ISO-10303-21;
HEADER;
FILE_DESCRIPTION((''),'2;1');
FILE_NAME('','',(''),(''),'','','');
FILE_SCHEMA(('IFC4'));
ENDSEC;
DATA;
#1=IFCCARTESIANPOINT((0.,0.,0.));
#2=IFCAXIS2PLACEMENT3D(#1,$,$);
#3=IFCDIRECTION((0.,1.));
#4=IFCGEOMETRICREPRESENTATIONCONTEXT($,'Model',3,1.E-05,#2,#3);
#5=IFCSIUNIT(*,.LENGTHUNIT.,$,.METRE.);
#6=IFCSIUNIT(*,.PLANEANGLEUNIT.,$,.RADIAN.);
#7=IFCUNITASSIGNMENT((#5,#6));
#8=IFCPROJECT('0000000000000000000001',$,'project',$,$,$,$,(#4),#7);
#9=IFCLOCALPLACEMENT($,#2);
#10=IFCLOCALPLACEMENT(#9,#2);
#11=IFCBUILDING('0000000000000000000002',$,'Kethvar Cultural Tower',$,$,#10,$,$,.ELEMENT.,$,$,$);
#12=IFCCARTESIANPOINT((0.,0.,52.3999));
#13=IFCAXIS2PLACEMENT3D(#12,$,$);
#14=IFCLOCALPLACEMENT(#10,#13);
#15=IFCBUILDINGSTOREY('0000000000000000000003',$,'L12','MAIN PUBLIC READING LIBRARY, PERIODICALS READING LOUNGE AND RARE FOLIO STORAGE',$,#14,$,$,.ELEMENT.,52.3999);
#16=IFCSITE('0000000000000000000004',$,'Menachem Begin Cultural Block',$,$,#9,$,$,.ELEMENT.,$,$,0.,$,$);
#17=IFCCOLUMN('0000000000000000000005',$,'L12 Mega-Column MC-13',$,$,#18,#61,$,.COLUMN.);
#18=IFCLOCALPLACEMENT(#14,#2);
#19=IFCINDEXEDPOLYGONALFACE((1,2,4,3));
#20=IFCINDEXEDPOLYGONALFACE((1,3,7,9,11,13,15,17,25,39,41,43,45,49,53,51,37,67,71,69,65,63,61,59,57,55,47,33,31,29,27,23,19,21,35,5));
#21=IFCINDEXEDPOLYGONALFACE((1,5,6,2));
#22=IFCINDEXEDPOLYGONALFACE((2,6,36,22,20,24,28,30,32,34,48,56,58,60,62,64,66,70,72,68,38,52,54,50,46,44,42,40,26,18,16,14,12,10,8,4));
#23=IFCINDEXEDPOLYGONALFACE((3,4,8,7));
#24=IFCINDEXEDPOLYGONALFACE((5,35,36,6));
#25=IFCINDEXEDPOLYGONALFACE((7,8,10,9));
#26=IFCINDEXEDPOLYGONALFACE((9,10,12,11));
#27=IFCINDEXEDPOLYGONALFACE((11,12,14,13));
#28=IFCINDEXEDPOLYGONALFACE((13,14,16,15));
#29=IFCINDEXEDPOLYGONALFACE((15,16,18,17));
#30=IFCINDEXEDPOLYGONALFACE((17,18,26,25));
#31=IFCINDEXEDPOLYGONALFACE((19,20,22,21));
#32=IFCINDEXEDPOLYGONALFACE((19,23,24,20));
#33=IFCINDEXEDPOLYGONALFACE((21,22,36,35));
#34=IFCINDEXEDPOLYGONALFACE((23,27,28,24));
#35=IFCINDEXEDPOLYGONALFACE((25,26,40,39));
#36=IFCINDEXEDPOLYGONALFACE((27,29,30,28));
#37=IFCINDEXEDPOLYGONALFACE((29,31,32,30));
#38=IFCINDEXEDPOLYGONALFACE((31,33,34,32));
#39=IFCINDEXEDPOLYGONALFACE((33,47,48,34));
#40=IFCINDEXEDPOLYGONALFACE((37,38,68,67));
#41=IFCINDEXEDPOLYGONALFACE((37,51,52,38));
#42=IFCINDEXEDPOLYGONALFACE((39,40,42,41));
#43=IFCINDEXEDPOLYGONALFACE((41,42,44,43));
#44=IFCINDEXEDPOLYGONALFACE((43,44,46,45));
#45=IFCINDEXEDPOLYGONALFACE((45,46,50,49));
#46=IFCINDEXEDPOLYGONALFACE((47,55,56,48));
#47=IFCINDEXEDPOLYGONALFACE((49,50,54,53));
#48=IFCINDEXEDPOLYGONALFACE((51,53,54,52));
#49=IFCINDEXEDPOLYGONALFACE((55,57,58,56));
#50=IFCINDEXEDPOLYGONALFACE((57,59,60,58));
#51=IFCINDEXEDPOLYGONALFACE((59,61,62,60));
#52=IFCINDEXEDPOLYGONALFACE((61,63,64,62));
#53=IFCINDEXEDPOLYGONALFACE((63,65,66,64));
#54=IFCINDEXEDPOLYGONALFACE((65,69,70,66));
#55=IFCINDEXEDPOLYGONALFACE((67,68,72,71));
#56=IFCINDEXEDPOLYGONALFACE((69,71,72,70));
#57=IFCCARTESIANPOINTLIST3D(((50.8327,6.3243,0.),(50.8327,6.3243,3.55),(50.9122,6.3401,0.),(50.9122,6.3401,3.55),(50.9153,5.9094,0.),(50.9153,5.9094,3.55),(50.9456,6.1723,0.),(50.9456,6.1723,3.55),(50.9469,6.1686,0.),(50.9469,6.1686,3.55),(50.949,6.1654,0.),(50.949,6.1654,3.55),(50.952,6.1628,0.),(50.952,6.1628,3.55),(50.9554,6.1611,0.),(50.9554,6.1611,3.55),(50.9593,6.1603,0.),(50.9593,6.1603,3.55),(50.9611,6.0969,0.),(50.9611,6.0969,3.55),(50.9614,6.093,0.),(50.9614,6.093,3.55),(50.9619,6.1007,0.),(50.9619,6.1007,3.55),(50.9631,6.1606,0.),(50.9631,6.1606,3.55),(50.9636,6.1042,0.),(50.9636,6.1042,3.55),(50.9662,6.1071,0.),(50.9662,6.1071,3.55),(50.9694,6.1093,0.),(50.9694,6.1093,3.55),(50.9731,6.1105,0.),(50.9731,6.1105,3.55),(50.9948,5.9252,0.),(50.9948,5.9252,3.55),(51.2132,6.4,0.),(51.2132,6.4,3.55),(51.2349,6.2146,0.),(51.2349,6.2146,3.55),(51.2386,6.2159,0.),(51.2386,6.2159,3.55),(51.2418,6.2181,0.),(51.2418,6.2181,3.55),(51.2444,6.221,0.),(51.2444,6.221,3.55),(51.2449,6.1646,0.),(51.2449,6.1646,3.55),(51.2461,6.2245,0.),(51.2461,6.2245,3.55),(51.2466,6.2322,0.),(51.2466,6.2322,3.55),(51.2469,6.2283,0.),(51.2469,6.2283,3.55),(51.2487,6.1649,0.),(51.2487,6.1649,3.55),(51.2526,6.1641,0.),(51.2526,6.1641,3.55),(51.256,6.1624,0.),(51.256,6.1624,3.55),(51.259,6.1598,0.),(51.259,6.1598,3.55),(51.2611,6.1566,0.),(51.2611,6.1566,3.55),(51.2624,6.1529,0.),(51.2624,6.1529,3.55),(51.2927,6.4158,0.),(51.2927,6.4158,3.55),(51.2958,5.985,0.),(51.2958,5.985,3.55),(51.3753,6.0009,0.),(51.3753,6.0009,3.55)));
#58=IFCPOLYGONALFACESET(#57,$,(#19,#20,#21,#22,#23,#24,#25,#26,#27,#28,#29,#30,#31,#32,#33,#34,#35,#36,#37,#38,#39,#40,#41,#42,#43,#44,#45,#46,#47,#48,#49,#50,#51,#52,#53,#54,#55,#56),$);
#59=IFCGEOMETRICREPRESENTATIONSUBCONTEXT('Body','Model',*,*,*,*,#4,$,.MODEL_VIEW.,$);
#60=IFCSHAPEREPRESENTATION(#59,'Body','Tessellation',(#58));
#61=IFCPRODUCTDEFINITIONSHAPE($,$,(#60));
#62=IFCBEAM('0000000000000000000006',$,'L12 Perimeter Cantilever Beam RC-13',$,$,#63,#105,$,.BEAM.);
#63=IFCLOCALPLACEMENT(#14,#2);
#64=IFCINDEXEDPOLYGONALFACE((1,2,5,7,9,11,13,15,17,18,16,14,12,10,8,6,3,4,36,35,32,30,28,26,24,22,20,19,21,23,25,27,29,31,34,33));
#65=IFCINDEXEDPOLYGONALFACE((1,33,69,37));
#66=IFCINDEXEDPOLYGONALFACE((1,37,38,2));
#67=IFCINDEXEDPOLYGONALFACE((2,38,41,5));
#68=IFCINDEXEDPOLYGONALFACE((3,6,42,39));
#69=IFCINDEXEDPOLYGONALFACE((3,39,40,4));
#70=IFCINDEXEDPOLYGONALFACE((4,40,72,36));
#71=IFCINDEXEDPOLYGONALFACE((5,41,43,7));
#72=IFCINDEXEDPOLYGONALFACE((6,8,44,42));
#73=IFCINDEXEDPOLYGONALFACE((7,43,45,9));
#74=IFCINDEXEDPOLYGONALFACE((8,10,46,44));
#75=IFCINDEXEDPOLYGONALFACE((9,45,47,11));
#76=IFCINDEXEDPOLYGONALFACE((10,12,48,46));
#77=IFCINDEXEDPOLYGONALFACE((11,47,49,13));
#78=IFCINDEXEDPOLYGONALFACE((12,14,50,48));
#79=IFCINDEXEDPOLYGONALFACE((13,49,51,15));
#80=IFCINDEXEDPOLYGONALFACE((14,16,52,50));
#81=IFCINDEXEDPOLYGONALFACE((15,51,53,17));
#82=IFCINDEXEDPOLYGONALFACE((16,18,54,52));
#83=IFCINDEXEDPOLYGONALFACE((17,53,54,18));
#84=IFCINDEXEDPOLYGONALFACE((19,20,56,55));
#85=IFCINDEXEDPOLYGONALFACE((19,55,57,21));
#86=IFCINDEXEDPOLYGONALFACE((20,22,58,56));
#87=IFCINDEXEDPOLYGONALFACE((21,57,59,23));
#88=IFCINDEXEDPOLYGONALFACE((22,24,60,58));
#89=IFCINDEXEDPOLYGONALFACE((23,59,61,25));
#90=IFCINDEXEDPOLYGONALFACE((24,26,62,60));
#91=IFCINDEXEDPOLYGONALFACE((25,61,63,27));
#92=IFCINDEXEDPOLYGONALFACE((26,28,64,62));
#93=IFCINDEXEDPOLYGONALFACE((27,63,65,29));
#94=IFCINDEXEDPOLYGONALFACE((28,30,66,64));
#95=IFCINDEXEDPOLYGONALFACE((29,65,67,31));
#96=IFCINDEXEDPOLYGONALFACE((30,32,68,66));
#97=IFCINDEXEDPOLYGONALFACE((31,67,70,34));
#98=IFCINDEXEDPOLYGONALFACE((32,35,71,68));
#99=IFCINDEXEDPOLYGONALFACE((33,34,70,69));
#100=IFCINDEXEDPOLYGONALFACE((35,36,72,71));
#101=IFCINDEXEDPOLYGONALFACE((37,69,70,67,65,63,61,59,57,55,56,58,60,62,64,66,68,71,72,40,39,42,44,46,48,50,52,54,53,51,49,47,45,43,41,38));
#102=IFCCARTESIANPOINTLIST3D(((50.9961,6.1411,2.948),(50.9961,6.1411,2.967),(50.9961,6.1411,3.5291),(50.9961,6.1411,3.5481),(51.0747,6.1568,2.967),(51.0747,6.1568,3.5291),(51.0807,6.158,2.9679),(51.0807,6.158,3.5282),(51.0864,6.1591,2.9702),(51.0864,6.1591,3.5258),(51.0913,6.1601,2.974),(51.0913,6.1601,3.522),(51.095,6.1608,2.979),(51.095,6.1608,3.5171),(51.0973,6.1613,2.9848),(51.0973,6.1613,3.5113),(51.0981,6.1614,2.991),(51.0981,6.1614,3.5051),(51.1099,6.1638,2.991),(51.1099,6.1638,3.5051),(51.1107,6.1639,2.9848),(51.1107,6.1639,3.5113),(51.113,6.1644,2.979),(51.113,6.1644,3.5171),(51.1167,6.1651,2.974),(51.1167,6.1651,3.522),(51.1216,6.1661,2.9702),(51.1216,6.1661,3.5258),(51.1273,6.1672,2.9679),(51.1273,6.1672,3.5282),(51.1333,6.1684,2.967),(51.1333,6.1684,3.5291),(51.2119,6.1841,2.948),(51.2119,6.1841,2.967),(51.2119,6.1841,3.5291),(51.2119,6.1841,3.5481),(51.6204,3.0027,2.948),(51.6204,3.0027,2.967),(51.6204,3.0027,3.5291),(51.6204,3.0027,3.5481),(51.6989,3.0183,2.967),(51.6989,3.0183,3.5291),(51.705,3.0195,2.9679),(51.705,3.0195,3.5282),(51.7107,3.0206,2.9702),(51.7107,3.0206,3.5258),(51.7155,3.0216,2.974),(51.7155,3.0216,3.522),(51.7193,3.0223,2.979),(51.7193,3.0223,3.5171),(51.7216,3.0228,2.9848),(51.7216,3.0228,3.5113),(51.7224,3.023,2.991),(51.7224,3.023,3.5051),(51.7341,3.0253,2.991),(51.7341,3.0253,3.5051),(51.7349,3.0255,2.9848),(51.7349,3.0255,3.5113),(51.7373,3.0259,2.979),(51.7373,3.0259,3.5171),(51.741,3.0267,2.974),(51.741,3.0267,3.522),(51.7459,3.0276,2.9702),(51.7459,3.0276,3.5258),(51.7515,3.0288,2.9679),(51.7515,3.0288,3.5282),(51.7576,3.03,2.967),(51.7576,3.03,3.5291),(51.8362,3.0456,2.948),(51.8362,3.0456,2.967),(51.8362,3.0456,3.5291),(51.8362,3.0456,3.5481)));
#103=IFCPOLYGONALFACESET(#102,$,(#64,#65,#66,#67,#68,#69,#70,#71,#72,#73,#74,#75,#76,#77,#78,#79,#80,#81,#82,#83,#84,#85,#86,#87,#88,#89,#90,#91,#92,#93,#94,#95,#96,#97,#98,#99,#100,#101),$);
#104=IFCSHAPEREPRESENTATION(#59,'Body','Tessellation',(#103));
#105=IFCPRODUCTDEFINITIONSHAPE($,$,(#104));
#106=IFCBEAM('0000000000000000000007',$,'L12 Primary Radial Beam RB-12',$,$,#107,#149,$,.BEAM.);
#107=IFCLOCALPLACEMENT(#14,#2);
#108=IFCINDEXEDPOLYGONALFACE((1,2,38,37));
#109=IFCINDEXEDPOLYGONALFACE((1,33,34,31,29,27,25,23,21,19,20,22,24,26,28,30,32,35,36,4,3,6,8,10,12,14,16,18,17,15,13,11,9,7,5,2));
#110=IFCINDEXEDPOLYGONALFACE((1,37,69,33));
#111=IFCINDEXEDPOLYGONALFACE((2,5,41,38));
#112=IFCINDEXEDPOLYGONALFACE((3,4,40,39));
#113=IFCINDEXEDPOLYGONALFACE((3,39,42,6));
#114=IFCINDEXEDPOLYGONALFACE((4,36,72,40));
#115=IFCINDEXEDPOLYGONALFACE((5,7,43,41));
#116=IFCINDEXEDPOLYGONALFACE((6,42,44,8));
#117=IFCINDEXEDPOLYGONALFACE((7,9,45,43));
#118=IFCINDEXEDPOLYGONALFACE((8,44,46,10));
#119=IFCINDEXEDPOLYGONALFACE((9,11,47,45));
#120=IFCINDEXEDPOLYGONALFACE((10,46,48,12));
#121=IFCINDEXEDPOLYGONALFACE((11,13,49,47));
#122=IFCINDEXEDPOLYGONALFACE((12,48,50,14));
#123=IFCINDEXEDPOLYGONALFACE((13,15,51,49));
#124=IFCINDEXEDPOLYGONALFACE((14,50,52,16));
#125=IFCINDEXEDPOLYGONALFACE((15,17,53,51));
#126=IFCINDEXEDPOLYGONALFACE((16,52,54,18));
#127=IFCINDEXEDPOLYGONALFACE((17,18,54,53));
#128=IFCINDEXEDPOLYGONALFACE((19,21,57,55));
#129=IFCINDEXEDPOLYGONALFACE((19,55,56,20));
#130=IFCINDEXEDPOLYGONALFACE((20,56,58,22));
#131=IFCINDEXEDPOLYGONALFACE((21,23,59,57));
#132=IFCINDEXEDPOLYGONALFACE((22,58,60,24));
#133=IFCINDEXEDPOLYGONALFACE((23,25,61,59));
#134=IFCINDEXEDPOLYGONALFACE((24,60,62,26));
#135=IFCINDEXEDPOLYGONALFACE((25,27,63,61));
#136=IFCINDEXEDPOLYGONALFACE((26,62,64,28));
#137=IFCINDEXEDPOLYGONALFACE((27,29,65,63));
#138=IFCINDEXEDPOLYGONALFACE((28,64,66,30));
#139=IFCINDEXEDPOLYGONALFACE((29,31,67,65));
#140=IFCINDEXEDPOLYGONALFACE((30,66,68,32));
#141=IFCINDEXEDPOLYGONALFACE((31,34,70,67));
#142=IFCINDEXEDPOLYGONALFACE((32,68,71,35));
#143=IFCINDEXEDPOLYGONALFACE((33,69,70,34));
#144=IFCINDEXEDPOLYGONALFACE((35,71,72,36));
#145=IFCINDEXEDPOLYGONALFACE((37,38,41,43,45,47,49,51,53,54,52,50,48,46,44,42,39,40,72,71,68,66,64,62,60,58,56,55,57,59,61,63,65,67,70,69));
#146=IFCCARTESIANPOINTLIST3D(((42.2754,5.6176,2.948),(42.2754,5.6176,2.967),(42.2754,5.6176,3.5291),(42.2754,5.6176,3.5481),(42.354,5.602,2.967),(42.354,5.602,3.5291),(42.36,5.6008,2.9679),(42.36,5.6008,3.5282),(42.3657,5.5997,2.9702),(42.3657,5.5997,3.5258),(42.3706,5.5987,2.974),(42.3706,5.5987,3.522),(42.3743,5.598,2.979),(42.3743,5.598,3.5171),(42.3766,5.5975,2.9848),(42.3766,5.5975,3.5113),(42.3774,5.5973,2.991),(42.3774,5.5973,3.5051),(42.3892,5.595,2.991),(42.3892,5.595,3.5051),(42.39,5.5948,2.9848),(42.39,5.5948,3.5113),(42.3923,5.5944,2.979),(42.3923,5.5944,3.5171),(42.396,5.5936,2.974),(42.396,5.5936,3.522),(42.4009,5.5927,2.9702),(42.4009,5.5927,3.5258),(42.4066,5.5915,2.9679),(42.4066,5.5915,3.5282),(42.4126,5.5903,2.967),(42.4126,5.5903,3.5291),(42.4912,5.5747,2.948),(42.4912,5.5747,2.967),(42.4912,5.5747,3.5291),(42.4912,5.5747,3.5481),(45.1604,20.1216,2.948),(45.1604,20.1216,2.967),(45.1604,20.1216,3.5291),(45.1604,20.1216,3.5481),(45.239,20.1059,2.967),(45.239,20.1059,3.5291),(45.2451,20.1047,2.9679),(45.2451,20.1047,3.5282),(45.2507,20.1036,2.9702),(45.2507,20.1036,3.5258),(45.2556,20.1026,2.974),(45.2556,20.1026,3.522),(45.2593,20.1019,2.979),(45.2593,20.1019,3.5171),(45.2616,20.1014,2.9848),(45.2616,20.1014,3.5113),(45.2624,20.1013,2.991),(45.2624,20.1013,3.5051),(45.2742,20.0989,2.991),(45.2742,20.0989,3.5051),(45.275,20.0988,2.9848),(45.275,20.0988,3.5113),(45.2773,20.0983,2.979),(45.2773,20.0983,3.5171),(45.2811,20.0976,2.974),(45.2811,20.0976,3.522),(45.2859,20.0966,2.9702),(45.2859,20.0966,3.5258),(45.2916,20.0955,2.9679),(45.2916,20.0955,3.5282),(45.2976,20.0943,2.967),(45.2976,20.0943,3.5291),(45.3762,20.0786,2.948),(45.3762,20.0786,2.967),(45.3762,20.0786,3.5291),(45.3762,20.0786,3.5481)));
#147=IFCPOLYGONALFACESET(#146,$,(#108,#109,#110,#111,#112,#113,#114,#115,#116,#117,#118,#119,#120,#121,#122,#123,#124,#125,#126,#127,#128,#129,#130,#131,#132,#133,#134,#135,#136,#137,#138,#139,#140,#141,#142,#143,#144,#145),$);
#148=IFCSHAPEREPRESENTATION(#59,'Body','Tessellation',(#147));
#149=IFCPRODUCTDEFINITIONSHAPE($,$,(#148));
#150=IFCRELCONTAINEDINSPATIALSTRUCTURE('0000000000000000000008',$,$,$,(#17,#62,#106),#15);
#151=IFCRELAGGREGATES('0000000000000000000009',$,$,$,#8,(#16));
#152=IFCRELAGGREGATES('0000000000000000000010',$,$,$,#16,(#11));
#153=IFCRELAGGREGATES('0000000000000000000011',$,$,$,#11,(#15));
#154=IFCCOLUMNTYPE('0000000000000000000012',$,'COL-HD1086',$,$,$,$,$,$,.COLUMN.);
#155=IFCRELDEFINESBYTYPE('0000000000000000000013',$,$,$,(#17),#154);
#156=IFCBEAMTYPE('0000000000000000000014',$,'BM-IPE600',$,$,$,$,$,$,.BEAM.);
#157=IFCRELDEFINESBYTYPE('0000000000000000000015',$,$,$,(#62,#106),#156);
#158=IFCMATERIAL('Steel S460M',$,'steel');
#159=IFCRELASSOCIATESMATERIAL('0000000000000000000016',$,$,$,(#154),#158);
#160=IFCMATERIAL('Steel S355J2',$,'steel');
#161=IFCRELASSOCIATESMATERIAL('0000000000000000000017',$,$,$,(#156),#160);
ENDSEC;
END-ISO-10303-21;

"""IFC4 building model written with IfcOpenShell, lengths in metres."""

from ifc_helpers import new_model, si_unit, direction, frame, origin, origin_2d, place, context, subcontext, project, spatial, i_section, extrude, source, transform, mapped, material, material_profile, profile_set, type_object, element, save


model = new_model("IFC4")

# Units and contexts
model_context = context("Model", 3, precision=1e-05, world=origin(), true_north=direction((0.0, 1.0)))
body_context = subcontext(model_context, "Body", "Model", "MODEL_VIEW")
ifc_project = project(units=[si_unit("LENGTHUNIT", "METRE"), si_unit("PLANEANGLEUNIT", "RADIAN")], contexts=[model_context])

# Site, building, storey
site_placement = place(None, origin())
site = spatial("IfcSite", under=ifc_project, at=site_placement, Name="Menachem Begin Cultural Block", CompositionType="ELEMENT", RefElevation=0.0)
building_placement = place(site_placement, origin())
building = spatial("IfcBuilding", under=site, at=building_placement, Name="Kethvar Cultural Tower", CompositionType="ELEMENT")
storey_placement = place(building_placement, frame((0.0, 0.0, 52.3999)))
storey = spatial("IfcBuildingStorey", under=building, at=storey_placement, Name="L12", Description="MAIN PUBLIC READING LIBRARY, PERIODICALS READING LOUNGE AND RARE FOLIO STORAGE", CompositionType="ELEMENT", Elevation=52.3999)

# Column
ifc_material_1 = material(Name="Steel S460M", Category="steel")
ifc_material_profile_1 = material_profile(ifc_material_1, i_section(OverallWidth=0.4231, OverallDepth=0.469, WebThickness=0.051, FlangeThickness=0.0811, FilletRadius=0.0149, at=origin_2d()), Name="Steel S460M — HD400x1086")
ifc_profile_set_1 = profile_set([ifc_material_profile_1], Name="Steel S460M — HD400x1086")
column_type = type_object("IfcColumnType", Name="COL-HD1086", PredefinedType="COLUMN", material=ifc_profile_set_1)
shared_shape_1 = source(origin(), body_context, "Body", "SweptSolid", [
    extrude(i_section(OverallWidth=0.4231, OverallDepth=0.469, WebThickness=0.051, FlangeThickness=0.0811, FilletRadius=0.0149, at=origin_2d()), origin(), (0.0, 0.0, 1.0), 3.55),
])
column_placement = place(storey_placement, frame((51.104, 6.1626, 0.0), z_axis=(0.0, 0.0, 1.0), x_axis=(0.19509, -0.980785, 0.0)))
element("IfcColumn", 1, at=column_placement, inside=storey, type_object=column_type, Name="L12 Mega-Column MC-13", PredefinedType="COLUMN", context=body_context, shape_type="MappedRepresentation", body=[
    mapped(shared_shape_1, transform((0.0, 0.0, 0.0), scale=1.0)),
])

# Beams
ifc_material_2 = material(Name="Steel S355J2", Category="steel")
ifc_material_profile_2 = material_profile(ifc_material_2, i_section(OverallWidth=0.22, OverallDepth=0.6001, WebThickness=0.012, FlangeThickness=0.019, FilletRadius=0.0239, at=origin_2d()), Name="Steel S355J2 — IPE600")
ifc_profile_set_2 = profile_set([ifc_material_profile_2], Name="Steel S355J2 — IPE600")
beam_type_1 = type_object("IfcBeamType", Name="BM-IPE600", PredefinedType="BEAM", material=ifc_profile_set_2)
shared_shape_2 = source(origin(), body_context, "Body", "SweptSolid", [
    extrude(i_section(OverallWidth=0.22, OverallDepth=0.6001, WebThickness=0.012, FlangeThickness=0.019, FilletRadius=0.0239, at=origin_2d()), origin(), (0.0, 0.0, 1.0), 3.2),
])
beam_1_placement = place(storey_placement, frame((51.104, 6.1626, 3.248), z_axis=(0.195089, -0.980786, 0.0), x_axis=(0.980786, 0.195089, 0.0)))
element("IfcBeam", 2, at=beam_1_placement, inside=storey, type_object=beam_type_1, Name="L12 Perimeter Cantilever Beam RC-13", PredefinedType="BEAM", context=body_context, shape_type="MappedRepresentation", body=[
    mapped(shared_shape_2, transform((0.0, 0.0, 0.0), scale=1.0)),
])
shared_shape_3 = source(origin(), body_context, "Body", "SweptSolid", [
    extrude(i_section(OverallWidth=0.22, OverallDepth=0.6001, WebThickness=0.012, FlangeThickness=0.019, FilletRadius=0.0239, at=origin_2d()), origin(), (0.0, 0.0, 1.0), 14.7881),
])
beam_2_placement = place(storey_placement, frame((45.2683, 20.1001, 3.248), z_axis=(-0.195091, -0.980785, 0.0), x_axis=(0.980785, -0.195091, 0.0)))
element("IfcBeam", 3, at=beam_2_placement, inside=storey, type_object=beam_type_1, Name="L12 Primary Radial Beam RB-12", PredefinedType="BEAM", context=body_context, shape_type="MappedRepresentation", body=[
    mapped(shared_shape_3, transform((0.0, 0.0, 0.0), scale=1.0)),
])

save(model, "model.ifc")
